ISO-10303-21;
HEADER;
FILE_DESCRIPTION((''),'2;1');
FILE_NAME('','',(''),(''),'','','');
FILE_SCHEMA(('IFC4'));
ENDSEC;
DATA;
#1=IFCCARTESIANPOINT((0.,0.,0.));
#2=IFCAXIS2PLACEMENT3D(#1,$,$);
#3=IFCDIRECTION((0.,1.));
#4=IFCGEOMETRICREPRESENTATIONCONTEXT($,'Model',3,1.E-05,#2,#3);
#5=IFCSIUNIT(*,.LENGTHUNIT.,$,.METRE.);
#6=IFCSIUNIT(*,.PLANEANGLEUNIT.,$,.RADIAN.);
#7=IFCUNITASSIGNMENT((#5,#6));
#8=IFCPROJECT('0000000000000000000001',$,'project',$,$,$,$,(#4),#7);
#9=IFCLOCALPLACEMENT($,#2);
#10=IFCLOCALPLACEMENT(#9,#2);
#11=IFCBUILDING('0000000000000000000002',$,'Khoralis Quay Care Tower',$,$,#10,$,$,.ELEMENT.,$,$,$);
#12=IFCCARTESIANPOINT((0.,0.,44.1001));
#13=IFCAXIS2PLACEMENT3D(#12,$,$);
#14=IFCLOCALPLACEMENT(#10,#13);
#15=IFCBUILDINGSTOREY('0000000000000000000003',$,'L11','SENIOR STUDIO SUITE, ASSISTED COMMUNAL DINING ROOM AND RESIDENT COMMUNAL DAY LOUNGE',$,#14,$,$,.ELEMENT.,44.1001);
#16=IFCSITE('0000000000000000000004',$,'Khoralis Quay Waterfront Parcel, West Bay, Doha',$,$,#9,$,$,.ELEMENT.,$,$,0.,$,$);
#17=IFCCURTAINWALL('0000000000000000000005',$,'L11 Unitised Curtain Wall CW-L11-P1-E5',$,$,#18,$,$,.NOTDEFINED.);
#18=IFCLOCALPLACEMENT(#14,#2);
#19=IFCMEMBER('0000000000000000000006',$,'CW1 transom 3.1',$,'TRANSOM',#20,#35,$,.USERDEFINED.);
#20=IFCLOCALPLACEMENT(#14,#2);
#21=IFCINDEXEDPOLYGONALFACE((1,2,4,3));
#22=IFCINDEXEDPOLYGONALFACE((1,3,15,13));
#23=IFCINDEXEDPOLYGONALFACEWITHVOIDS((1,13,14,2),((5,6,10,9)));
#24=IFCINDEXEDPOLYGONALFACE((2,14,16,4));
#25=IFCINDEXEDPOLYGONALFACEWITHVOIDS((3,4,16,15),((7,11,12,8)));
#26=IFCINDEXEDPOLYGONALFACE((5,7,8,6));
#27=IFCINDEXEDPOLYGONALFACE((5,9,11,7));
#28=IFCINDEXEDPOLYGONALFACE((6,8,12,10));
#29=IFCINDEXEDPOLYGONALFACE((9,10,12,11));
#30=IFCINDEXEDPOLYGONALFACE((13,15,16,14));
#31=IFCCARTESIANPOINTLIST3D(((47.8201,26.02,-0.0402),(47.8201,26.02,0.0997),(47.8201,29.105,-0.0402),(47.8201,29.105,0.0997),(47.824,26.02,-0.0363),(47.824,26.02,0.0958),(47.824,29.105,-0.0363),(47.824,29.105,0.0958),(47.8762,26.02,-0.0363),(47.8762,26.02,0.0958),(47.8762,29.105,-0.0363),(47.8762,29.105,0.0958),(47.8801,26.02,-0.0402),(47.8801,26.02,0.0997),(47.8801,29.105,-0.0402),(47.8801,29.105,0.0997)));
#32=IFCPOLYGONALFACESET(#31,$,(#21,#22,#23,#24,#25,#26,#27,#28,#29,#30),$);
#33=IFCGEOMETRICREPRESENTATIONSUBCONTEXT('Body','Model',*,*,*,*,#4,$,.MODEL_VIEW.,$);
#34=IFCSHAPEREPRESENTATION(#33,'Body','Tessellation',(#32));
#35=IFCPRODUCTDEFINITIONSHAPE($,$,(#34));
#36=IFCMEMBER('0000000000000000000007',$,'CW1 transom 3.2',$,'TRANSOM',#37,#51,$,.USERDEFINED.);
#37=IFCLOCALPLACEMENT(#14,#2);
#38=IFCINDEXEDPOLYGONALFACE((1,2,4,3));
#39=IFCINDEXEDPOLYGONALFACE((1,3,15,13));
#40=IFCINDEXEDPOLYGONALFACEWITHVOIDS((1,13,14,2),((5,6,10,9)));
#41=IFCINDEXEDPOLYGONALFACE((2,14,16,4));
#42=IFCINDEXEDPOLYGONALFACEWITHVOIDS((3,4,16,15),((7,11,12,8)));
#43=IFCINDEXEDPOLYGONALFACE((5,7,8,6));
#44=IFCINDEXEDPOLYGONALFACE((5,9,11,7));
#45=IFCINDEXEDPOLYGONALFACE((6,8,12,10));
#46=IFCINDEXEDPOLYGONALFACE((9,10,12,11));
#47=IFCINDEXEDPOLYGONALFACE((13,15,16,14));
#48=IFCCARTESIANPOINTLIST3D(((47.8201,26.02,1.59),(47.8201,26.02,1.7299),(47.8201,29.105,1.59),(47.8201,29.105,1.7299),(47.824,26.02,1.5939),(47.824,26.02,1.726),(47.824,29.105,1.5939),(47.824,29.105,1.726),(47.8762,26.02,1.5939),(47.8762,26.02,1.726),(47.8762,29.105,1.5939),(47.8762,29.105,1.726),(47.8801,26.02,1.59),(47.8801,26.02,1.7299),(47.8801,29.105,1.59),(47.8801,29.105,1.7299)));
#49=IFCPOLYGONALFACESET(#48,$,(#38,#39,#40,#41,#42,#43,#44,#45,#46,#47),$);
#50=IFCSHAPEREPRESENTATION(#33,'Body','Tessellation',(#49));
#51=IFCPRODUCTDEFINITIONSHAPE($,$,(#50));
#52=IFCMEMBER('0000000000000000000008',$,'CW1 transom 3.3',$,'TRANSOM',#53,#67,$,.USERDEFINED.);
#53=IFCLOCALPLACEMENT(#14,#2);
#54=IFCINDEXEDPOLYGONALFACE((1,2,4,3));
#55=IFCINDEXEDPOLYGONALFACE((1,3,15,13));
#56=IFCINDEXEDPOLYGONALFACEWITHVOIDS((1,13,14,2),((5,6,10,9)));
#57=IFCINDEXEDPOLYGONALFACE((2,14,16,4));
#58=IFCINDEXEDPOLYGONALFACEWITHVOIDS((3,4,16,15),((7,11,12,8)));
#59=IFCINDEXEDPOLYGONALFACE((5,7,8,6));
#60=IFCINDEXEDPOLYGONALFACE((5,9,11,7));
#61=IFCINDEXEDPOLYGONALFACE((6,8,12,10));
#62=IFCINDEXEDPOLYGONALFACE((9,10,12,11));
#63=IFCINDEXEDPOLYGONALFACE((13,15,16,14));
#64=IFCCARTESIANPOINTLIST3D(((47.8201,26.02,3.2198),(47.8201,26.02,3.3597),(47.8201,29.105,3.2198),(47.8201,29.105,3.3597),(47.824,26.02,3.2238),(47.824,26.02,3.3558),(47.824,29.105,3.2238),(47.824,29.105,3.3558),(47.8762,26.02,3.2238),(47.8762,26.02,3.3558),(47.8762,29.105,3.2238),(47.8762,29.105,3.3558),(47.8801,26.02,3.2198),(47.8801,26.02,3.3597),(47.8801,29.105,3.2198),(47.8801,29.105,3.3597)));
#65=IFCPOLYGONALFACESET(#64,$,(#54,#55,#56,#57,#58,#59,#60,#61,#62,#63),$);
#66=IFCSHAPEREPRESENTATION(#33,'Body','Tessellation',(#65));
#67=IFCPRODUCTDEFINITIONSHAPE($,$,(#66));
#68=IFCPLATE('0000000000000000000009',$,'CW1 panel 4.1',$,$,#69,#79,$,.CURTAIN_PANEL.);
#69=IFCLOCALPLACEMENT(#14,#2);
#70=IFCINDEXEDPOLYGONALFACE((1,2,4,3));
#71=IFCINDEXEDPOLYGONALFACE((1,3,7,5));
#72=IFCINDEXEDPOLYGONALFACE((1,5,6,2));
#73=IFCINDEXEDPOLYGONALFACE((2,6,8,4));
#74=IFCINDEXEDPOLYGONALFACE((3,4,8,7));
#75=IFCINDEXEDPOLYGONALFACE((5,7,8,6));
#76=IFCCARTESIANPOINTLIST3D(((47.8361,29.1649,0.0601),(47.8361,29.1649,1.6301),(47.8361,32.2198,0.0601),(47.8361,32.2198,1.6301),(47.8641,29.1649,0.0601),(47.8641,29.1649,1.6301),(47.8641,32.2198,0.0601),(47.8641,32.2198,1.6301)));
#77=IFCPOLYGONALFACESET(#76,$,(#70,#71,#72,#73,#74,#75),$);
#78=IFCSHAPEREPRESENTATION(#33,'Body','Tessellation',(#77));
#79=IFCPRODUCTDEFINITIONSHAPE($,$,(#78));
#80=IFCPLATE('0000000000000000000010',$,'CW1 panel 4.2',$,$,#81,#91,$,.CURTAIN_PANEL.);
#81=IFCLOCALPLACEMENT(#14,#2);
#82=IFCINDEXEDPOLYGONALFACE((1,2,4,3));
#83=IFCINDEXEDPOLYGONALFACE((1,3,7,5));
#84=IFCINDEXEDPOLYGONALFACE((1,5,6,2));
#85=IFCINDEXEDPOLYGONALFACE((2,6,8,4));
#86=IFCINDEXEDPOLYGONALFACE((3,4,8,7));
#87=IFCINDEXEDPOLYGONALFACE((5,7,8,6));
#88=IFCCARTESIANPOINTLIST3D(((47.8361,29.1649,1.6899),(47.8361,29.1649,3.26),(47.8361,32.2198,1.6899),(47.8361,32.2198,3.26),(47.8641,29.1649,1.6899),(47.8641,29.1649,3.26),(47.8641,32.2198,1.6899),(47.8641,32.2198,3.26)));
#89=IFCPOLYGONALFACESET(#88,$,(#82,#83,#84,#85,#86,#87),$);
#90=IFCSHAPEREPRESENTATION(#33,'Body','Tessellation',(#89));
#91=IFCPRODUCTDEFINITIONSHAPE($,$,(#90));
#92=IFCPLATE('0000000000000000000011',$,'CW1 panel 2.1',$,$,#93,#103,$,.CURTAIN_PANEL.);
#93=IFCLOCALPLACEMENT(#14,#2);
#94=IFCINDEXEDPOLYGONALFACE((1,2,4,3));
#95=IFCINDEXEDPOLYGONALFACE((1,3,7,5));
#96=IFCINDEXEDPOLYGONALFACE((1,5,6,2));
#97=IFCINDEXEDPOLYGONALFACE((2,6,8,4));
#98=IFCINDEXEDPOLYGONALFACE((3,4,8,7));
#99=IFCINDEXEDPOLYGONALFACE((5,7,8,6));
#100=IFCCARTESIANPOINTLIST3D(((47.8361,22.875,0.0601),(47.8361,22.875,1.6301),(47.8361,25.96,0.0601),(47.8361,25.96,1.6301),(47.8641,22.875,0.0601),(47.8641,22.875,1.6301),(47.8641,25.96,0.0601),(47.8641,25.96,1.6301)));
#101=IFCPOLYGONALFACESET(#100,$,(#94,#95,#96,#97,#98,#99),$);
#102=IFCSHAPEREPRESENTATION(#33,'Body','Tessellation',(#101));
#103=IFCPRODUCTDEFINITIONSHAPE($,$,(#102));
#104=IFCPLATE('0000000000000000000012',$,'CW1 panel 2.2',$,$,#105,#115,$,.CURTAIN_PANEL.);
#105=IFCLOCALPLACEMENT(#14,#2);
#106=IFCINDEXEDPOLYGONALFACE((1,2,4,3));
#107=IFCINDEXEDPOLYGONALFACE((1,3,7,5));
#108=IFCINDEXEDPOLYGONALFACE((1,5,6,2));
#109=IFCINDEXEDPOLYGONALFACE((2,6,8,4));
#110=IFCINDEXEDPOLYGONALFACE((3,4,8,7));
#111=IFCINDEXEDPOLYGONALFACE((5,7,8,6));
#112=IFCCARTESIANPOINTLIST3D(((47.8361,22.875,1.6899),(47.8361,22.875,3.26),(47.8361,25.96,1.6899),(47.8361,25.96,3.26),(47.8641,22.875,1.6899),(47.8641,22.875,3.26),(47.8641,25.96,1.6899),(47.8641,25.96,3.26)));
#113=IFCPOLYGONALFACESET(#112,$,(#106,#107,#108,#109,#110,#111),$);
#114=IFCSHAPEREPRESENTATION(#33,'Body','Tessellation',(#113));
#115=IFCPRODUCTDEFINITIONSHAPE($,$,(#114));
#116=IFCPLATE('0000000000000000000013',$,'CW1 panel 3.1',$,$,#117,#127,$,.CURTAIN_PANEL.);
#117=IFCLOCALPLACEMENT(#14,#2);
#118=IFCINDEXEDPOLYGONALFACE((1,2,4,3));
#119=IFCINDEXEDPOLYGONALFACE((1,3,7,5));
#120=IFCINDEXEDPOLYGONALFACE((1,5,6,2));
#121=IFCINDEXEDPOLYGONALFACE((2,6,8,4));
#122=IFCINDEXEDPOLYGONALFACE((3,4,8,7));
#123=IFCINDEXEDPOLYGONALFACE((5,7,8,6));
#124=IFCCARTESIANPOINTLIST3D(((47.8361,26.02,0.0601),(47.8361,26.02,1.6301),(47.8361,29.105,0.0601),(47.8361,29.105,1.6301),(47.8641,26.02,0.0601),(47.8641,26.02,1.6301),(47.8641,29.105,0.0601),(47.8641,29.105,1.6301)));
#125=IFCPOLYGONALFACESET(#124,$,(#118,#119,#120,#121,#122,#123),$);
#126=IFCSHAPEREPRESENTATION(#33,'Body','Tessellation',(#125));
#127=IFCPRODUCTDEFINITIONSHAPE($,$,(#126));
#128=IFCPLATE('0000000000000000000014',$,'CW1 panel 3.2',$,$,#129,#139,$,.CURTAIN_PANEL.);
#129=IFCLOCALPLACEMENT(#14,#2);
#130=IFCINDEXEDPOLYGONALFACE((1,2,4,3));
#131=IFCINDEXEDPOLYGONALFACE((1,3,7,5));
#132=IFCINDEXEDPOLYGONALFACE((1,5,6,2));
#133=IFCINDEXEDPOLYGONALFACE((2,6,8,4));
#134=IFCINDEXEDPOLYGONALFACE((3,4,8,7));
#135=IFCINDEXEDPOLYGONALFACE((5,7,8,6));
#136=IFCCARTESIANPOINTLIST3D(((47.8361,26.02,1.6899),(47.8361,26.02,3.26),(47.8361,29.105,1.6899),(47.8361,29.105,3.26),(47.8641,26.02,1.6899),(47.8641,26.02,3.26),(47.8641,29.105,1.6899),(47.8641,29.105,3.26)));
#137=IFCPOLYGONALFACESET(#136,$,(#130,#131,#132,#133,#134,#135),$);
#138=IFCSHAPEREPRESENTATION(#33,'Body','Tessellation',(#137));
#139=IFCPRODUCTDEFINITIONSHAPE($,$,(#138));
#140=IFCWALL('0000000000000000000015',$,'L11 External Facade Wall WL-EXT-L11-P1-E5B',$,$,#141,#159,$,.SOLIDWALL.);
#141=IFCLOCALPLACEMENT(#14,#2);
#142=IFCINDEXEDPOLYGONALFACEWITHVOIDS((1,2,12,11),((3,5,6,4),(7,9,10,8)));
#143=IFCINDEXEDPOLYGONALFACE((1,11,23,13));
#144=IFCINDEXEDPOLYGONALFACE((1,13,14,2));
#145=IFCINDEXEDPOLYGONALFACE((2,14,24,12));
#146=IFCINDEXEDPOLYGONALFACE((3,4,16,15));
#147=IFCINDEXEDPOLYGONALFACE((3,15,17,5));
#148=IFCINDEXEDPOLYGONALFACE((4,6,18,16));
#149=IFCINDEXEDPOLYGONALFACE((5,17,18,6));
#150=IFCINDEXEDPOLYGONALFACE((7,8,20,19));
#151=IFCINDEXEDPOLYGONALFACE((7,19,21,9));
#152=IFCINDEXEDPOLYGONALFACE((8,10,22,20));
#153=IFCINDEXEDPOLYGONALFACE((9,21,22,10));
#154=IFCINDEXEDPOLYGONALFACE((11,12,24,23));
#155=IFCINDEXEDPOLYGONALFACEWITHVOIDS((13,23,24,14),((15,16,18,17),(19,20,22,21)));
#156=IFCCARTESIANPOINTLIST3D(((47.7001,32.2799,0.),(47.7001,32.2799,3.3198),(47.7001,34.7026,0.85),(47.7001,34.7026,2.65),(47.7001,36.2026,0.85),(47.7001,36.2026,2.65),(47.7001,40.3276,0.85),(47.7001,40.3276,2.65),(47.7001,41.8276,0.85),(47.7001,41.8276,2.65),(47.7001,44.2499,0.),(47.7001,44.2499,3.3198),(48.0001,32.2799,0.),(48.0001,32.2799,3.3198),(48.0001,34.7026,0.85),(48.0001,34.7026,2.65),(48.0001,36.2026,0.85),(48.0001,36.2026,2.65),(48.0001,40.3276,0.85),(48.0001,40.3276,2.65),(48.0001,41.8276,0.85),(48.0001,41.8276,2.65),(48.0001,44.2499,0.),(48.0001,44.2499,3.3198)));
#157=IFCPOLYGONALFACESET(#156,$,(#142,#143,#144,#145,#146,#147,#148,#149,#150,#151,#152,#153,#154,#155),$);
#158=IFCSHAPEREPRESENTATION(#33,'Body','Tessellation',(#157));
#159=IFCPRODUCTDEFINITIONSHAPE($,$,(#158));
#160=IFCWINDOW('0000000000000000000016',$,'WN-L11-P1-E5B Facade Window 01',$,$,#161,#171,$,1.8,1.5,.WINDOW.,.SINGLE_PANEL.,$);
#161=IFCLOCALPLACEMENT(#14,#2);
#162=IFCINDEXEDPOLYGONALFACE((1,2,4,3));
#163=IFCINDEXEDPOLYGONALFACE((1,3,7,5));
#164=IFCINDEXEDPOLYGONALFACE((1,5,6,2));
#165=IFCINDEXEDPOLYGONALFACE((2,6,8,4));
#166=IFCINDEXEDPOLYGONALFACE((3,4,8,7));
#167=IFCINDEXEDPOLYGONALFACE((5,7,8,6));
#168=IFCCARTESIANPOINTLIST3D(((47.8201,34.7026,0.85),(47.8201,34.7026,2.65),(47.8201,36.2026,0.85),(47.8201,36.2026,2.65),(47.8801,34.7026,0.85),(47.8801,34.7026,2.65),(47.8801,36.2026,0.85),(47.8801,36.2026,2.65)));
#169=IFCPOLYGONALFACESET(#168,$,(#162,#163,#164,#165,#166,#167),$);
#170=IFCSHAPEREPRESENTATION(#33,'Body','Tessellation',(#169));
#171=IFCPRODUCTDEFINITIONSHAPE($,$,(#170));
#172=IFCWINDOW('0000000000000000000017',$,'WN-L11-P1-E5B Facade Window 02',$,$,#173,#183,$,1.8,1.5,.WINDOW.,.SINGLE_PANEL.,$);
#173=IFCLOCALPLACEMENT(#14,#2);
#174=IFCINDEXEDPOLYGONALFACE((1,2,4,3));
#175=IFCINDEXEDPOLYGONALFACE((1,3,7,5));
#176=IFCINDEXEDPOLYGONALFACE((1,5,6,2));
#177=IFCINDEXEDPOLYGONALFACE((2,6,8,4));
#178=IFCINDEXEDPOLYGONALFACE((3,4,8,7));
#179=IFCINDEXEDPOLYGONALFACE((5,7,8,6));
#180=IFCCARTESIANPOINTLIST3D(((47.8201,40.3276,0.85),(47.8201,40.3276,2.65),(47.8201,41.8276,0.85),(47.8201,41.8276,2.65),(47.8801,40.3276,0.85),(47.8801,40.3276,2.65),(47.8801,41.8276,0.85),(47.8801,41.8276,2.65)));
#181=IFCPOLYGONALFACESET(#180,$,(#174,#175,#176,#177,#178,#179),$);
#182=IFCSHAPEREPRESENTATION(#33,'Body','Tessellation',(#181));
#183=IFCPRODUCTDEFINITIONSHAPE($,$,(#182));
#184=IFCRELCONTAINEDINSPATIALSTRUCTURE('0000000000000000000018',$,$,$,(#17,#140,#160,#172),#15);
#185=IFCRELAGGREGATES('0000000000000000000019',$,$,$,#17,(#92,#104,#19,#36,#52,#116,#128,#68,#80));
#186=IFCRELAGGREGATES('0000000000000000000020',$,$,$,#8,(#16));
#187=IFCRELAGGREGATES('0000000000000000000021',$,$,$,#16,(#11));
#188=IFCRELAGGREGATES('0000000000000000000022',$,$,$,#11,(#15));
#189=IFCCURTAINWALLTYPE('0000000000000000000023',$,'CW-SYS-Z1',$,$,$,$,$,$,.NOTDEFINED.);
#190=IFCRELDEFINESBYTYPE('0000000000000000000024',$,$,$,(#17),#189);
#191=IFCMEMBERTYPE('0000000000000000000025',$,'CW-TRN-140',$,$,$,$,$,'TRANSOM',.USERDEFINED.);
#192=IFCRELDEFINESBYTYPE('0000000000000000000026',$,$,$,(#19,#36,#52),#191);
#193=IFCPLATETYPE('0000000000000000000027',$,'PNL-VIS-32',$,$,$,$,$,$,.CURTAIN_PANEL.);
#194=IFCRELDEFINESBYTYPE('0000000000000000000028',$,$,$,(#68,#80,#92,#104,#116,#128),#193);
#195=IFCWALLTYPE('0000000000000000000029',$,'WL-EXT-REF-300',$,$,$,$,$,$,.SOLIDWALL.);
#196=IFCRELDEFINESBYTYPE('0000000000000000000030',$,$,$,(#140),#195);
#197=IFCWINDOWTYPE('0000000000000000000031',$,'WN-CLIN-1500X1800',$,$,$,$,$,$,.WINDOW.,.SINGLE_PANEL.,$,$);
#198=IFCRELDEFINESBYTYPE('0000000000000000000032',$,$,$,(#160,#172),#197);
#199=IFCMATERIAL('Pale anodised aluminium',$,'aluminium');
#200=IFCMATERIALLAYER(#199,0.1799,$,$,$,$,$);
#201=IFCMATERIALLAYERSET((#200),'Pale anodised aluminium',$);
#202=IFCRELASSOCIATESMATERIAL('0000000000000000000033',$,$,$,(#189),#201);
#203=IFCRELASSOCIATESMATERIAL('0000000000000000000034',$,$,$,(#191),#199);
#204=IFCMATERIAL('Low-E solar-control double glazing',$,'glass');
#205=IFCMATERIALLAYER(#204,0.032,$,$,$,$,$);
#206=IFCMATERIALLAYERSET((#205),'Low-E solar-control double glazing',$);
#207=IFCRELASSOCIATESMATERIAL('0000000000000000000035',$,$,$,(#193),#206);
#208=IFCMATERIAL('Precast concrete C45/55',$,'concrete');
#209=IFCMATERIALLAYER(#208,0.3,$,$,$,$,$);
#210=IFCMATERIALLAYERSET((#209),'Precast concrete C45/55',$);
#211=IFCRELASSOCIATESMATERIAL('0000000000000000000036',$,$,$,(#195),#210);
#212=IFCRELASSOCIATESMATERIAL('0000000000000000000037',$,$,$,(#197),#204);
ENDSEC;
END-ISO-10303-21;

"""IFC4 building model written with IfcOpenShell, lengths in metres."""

from ifc_helpers import new_model, si_unit, direction, frame, frame_2d, origin, origin_2d, place, context, subcontext, project, spatial, rectangle, hollow_rectangle, extrude, source, transform, mapped, material, layer, layer_set, material_profile, profile_set, type_object, element, fill, aggregate, save


model = new_model("IFC4")

# Units and contexts
model_context = context("Model", 3, precision=1e-05, world=origin(), true_north=direction((0.0, 1.0)))
body_context = subcontext(model_context, "Body", "Model", "MODEL_VIEW")
ifc_project = project(units=[si_unit("LENGTHUNIT", "METRE"), si_unit("PLANEANGLEUNIT", "RADIAN")], contexts=[model_context])

# Site, building, storey
site_placement = place(None, origin())
site = spatial("IfcSite", under=ifc_project, at=site_placement, Name="Khoralis Quay Waterfront Parcel, West Bay, Doha", CompositionType="ELEMENT", RefElevation=0.0)
building_placement = place(site_placement, origin())
building = spatial("IfcBuilding", under=site, at=building_placement, Name="Khoralis Quay Care Tower", CompositionType="ELEMENT")
storey_placement = place(building_placement, frame((0.0, 0.0, 44.1001)))
storey = spatial("IfcBuildingStorey", under=building, at=storey_placement, Name="L11", Description="SENIOR STUDIO SUITE, ASSISTED COMMUNAL DINING ROOM AND RESIDENT COMMUNAL DAY LOUNGE", CompositionType="ELEMENT", Elevation=44.1001)

# Curtain wall, members, plates
ifc_material_1 = material(Name="Pale anodised aluminium", Category="aluminium")
ifc_layer_1 = layer(ifc_material_1, 0.1799)
ifc_layer_set_1 = layer_set([ifc_layer_1], Name="Pale anodised aluminium")
curtain_wall_type = type_object("IfcCurtainWallType", Name="CW-SYS-Z1", PredefinedType="NOTDEFINED", material=ifc_layer_set_1)
curtain_wall_placement = place(storey_placement, origin())
curtain_wall = element("IfcCurtainWall", 1, at=curtain_wall_placement, inside=storey, type_object=curtain_wall_type, Name="L11 Unitised Curtain Wall CW-L11-P1-E5", PredefinedType="NOTDEFINED")
ifc_material_profile_1 = material_profile(ifc_material_1, hollow_rectangle(XDim=0.0601, YDim=0.1399, WallThickness=0.0039, at=origin_2d()), Name="Pale anodised aluminium")
ifc_profile_set_1 = profile_set([ifc_material_profile_1], Name="Pale anodised aluminium")
member_type_1 = type_object("IfcMemberType", Name="CW-TRN-140", ElementType="TRANSOM", PredefinedType="USERDEFINED", material=ifc_profile_set_1)
shared_shape_1 = source(origin(), body_context, "Body", "SweptSolid", [
    extrude(hollow_rectangle(XDim=0.0601, YDim=0.1399, WallThickness=0.0039, at=origin_2d()), origin(), (0.0, 0.0, 1.0), 3.085),
])
member_1_placement = place(storey_placement, frame((47.8501, 26.02, 0.0298), z_axis=(0.0, 1.0, 0.0), x_axis=(-1.0, 0.0, 0.0)))
member_1 = element("IfcMember", 2, at=member_1_placement, type_object=member_type_1, Name="CW1 transom 3.1", ObjectType="TRANSOM", PredefinedType="USERDEFINED", context=body_context, shape_type="MappedRepresentation", body=[
    mapped(shared_shape_1, transform((0.0, 0.0, 0.0), scale=1.0)),
])
member_2_placement = place(storey_placement, frame((47.8501, 26.02, 1.6599), z_axis=(0.0, 1.0, 0.0), x_axis=(-1.0, 0.0, 0.0)))
member_2 = element("IfcMember", 3, at=member_2_placement, type_object=member_type_1, Name="CW1 transom 3.2", ObjectType="TRANSOM", PredefinedType="USERDEFINED", context=body_context, shape_type="MappedRepresentation", body=[
    mapped(shared_shape_1, transform((0.0, 0.0, 0.0), scale=1.0)),
])
member_3_placement = place(storey_placement, frame((47.8501, 26.02, 3.2898), z_axis=(0.0, 1.0, 0.0), x_axis=(-1.0, 0.0, 0.0)))
member_3 = element("IfcMember", 4, at=member_3_placement, type_object=member_type_1, Name="CW1 transom 3.3", ObjectType="TRANSOM", PredefinedType="USERDEFINED", context=body_context, shape_type="MappedRepresentation", body=[
    mapped(shared_shape_1, transform((0.0, 0.0, 0.0), scale=1.0)),
])
ifc_material_2 = material(Name="Low-E solar-control double glazing", Category="glass")
ifc_layer_2 = layer(ifc_material_2, 0.032)
ifc_layer_set_2 = layer_set([ifc_layer_2], Name="Low-E solar-control double glazing")
plate_type = type_object("IfcPlateType", Name="PNL-VIS-32", PredefinedType="CURTAIN_PANEL", material=ifc_layer_set_2)
shared_shape_2 = source(origin(), body_context, "Body", "SweptSolid", [
    extrude(rectangle(XDim=3.0549, YDim=0.0281, at=origin_2d()), origin(), (0.0, 0.0, 1.0), 1.5701),
])
plate_1_placement = place(storey_placement, frame((47.8501, 30.6924, 0.0601), z_axis=(0.0, 0.0, 1.0), x_axis=(0.0, 1.0, 0.0)))
plate_1 = element("IfcPlate", 5, at=plate_1_placement, type_object=plate_type, Name="CW1 panel 4.1", PredefinedType="CURTAIN_PANEL", context=body_context, shape_type="MappedRepresentation", body=[
    mapped(shared_shape_2, transform((0.0, 0.0, 0.0), scale=1.0)),
])
plate_2_placement = place(storey_placement, frame((47.8501, 30.6924, 1.6899), z_axis=(0.0, 0.0, 1.0), x_axis=(0.0, 1.0, 0.0)))
plate_2 = element("IfcPlate", 6, at=plate_2_placement, type_object=plate_type, Name="CW1 panel 4.2", PredefinedType="CURTAIN_PANEL", context=body_context, shape_type="MappedRepresentation", body=[
    mapped(shared_shape_2, transform((0.0, 0.0, 0.0), scale=1.0)),
])
shared_shape_3 = source(origin(), body_context, "Body", "SweptSolid", [
    extrude(rectangle(XDim=3.085, YDim=0.0281, at=origin_2d()), origin(), (0.0, 0.0, 1.0), 1.5701),
])
plate_3_placement = place(storey_placement, frame((47.8501, 24.4175, 0.0601), z_axis=(0.0, 0.0, 1.0), x_axis=(0.0, 1.0, 0.0)))
plate_3 = element("IfcPlate", 7, at=plate_3_placement, type_object=plate_type, Name="CW1 panel 2.1", PredefinedType="CURTAIN_PANEL", context=body_context, shape_type="MappedRepresentation", body=[
    mapped(shared_shape_3, transform((0.0, 0.0, 0.0), scale=1.0)),
])
plate_4_placement = place(storey_placement, frame((47.8501, 24.4175, 1.6899), z_axis=(0.0, 0.0, 1.0), x_axis=(0.0, 1.0, 0.0)))
plate_4 = element("IfcPlate", 8, at=plate_4_placement, type_object=plate_type, Name="CW1 panel 2.2", PredefinedType="CURTAIN_PANEL", context=body_context, shape_type="MappedRepresentation", body=[
    mapped(shared_shape_3, transform((0.0, 0.0, 0.0), scale=1.0)),
])
plate_5_placement = place(storey_placement, frame((47.8501, 27.5625, 0.0601), z_axis=(0.0, 0.0, 1.0), x_axis=(0.0, 1.0, 0.0)))
plate_5 = element("IfcPlate", 9, at=plate_5_placement, type_object=plate_type, Name="CW1 panel 3.1", PredefinedType="CURTAIN_PANEL", context=body_context, shape_type="MappedRepresentation", body=[
    mapped(shared_shape_3, transform((0.0, 0.0, 0.0), scale=1.0)),
])
plate_6_placement = place(storey_placement, frame((47.8501, 27.5625, 1.6899), z_axis=(0.0, 0.0, 1.0), x_axis=(0.0, 1.0, 0.0)))
plate_6 = element("IfcPlate", 10, at=plate_6_placement, type_object=plate_type, Name="CW1 panel 3.2", PredefinedType="CURTAIN_PANEL", context=body_context, shape_type="MappedRepresentation", body=[
    mapped(shared_shape_3, transform((0.0, 0.0, 0.0), scale=1.0)),
])
aggregate(curtain_wall, [plate_3, plate_4, member_1, member_2, member_3, plate_5, plate_6, plate_1, plate_2])

# Wall, openings, windows
ifc_material_3 = material(Name="Precast concrete C45/55", Category="concrete")
ifc_layer_3 = layer(ifc_material_3, 0.3)
ifc_layer_set_3 = layer_set([ifc_layer_3], Name="Precast concrete C45/55")
wall_type = type_object("IfcWallType", Name="WL-EXT-REF-300", PredefinedType="SOLIDWALL", material=ifc_layer_set_3)
wall_placement = place(storey_placement, frame((47.8501, 32.28, 0.0), z_axis=(0.0, 0.0, 1.0), x_axis=(0.0, 1.0, 0.0)))
wall = element("IfcWall", 11, at=wall_placement, inside=storey, type_object=wall_type, Name="L11 External Facade Wall WL-EXT-L11-P1-E5B", PredefinedType="SOLIDWALL", context=body_context, shape_type="SweptSolid", body=[
    extrude(rectangle(XDim=11.97, YDim=0.3, at=frame_2d((5.9849, 0.0))), origin(), (0.0, 0.0, 1.0), 3.3198),
])
opening_1_placement = place(wall_placement, frame((2.4226, 0.0, 0.8501)))
opening_1 = element("IfcOpeningElement", 12, at=opening_1_placement, cuts=wall, PredefinedType="OPENING", context=body_context, shape_type="SweptSolid", body=[
    extrude(rectangle(XDim=1.5, YDim=1.8, at=frame_2d((0.75, 0.8999))), frame((0.0, 0.1602, 0.0), z_axis=(0.0, -1.0, 0.0), x_axis=(1.0, 0.0, 0.0)), (0.0, 0.0, 1.0), 0.3201),
])
opening_2_placement = place(wall_placement, frame((8.0476, 0.0, 0.8501)))
opening_2 = element("IfcOpeningElement", 13, at=opening_2_placement, cuts=wall, PredefinedType="OPENING", context=body_context, shape_type="SweptSolid", body=[
    extrude(rectangle(XDim=1.5, YDim=1.8, at=frame_2d((0.75, 0.8999))), frame((0.0, 0.1602, 0.0), z_axis=(0.0, -1.0, 0.0), x_axis=(1.0, 0.0, 0.0)), (0.0, 0.0, 1.0), 0.3201),
])
window_type = type_object("IfcWindowType", Name="WN-CLIN-1500X1800", PartitioningType="SINGLE_PANEL", PredefinedType="WINDOW", material=ifc_material_2)
shared_shape_4 = source(origin(), body_context, "Body", "SweptSolid", [
    extrude(rectangle(XDim=1.5, YDim=1.8, at=frame_2d((0.75, 0.8999))), frame((0.0, 0.03, 0.0), z_axis=(0.0, -1.0, 0.0), x_axis=(1.0, 0.0, 0.0)), (0.0, 0.0, 1.0), 0.0601),
])
window_1_placement = place(opening_1_placement, origin())
window_1 = element("IfcWindow", 14, at=window_1_placement, inside=storey, type_object=window_type, Name="WN-L11-P1-E5B Facade Window 01", OverallHeight=1.8, OverallWidth=1.5, PartitioningType="SINGLE_PANEL", PredefinedType="WINDOW", context=body_context, shape_type="MappedRepresentation", body=[
    mapped(shared_shape_4, transform((0.0, 0.0, 0.0), scale=1.0)),
])
fill(opening_1, window_1)
window_2_placement = place(opening_2_placement, origin())
window_2 = element("IfcWindow", 15, at=window_2_placement, inside=storey, type_object=window_type, Name="WN-L11-P1-E5B Facade Window 02", OverallHeight=1.8, OverallWidth=1.5, PartitioningType="SINGLE_PANEL", PredefinedType="WINDOW", context=body_context, shape_type="MappedRepresentation", body=[
    mapped(shared_shape_4, transform((0.0, 0.0, 0.0), scale=1.0)),
])
fill(opening_2, window_2)

save(model, "model.ifc")
